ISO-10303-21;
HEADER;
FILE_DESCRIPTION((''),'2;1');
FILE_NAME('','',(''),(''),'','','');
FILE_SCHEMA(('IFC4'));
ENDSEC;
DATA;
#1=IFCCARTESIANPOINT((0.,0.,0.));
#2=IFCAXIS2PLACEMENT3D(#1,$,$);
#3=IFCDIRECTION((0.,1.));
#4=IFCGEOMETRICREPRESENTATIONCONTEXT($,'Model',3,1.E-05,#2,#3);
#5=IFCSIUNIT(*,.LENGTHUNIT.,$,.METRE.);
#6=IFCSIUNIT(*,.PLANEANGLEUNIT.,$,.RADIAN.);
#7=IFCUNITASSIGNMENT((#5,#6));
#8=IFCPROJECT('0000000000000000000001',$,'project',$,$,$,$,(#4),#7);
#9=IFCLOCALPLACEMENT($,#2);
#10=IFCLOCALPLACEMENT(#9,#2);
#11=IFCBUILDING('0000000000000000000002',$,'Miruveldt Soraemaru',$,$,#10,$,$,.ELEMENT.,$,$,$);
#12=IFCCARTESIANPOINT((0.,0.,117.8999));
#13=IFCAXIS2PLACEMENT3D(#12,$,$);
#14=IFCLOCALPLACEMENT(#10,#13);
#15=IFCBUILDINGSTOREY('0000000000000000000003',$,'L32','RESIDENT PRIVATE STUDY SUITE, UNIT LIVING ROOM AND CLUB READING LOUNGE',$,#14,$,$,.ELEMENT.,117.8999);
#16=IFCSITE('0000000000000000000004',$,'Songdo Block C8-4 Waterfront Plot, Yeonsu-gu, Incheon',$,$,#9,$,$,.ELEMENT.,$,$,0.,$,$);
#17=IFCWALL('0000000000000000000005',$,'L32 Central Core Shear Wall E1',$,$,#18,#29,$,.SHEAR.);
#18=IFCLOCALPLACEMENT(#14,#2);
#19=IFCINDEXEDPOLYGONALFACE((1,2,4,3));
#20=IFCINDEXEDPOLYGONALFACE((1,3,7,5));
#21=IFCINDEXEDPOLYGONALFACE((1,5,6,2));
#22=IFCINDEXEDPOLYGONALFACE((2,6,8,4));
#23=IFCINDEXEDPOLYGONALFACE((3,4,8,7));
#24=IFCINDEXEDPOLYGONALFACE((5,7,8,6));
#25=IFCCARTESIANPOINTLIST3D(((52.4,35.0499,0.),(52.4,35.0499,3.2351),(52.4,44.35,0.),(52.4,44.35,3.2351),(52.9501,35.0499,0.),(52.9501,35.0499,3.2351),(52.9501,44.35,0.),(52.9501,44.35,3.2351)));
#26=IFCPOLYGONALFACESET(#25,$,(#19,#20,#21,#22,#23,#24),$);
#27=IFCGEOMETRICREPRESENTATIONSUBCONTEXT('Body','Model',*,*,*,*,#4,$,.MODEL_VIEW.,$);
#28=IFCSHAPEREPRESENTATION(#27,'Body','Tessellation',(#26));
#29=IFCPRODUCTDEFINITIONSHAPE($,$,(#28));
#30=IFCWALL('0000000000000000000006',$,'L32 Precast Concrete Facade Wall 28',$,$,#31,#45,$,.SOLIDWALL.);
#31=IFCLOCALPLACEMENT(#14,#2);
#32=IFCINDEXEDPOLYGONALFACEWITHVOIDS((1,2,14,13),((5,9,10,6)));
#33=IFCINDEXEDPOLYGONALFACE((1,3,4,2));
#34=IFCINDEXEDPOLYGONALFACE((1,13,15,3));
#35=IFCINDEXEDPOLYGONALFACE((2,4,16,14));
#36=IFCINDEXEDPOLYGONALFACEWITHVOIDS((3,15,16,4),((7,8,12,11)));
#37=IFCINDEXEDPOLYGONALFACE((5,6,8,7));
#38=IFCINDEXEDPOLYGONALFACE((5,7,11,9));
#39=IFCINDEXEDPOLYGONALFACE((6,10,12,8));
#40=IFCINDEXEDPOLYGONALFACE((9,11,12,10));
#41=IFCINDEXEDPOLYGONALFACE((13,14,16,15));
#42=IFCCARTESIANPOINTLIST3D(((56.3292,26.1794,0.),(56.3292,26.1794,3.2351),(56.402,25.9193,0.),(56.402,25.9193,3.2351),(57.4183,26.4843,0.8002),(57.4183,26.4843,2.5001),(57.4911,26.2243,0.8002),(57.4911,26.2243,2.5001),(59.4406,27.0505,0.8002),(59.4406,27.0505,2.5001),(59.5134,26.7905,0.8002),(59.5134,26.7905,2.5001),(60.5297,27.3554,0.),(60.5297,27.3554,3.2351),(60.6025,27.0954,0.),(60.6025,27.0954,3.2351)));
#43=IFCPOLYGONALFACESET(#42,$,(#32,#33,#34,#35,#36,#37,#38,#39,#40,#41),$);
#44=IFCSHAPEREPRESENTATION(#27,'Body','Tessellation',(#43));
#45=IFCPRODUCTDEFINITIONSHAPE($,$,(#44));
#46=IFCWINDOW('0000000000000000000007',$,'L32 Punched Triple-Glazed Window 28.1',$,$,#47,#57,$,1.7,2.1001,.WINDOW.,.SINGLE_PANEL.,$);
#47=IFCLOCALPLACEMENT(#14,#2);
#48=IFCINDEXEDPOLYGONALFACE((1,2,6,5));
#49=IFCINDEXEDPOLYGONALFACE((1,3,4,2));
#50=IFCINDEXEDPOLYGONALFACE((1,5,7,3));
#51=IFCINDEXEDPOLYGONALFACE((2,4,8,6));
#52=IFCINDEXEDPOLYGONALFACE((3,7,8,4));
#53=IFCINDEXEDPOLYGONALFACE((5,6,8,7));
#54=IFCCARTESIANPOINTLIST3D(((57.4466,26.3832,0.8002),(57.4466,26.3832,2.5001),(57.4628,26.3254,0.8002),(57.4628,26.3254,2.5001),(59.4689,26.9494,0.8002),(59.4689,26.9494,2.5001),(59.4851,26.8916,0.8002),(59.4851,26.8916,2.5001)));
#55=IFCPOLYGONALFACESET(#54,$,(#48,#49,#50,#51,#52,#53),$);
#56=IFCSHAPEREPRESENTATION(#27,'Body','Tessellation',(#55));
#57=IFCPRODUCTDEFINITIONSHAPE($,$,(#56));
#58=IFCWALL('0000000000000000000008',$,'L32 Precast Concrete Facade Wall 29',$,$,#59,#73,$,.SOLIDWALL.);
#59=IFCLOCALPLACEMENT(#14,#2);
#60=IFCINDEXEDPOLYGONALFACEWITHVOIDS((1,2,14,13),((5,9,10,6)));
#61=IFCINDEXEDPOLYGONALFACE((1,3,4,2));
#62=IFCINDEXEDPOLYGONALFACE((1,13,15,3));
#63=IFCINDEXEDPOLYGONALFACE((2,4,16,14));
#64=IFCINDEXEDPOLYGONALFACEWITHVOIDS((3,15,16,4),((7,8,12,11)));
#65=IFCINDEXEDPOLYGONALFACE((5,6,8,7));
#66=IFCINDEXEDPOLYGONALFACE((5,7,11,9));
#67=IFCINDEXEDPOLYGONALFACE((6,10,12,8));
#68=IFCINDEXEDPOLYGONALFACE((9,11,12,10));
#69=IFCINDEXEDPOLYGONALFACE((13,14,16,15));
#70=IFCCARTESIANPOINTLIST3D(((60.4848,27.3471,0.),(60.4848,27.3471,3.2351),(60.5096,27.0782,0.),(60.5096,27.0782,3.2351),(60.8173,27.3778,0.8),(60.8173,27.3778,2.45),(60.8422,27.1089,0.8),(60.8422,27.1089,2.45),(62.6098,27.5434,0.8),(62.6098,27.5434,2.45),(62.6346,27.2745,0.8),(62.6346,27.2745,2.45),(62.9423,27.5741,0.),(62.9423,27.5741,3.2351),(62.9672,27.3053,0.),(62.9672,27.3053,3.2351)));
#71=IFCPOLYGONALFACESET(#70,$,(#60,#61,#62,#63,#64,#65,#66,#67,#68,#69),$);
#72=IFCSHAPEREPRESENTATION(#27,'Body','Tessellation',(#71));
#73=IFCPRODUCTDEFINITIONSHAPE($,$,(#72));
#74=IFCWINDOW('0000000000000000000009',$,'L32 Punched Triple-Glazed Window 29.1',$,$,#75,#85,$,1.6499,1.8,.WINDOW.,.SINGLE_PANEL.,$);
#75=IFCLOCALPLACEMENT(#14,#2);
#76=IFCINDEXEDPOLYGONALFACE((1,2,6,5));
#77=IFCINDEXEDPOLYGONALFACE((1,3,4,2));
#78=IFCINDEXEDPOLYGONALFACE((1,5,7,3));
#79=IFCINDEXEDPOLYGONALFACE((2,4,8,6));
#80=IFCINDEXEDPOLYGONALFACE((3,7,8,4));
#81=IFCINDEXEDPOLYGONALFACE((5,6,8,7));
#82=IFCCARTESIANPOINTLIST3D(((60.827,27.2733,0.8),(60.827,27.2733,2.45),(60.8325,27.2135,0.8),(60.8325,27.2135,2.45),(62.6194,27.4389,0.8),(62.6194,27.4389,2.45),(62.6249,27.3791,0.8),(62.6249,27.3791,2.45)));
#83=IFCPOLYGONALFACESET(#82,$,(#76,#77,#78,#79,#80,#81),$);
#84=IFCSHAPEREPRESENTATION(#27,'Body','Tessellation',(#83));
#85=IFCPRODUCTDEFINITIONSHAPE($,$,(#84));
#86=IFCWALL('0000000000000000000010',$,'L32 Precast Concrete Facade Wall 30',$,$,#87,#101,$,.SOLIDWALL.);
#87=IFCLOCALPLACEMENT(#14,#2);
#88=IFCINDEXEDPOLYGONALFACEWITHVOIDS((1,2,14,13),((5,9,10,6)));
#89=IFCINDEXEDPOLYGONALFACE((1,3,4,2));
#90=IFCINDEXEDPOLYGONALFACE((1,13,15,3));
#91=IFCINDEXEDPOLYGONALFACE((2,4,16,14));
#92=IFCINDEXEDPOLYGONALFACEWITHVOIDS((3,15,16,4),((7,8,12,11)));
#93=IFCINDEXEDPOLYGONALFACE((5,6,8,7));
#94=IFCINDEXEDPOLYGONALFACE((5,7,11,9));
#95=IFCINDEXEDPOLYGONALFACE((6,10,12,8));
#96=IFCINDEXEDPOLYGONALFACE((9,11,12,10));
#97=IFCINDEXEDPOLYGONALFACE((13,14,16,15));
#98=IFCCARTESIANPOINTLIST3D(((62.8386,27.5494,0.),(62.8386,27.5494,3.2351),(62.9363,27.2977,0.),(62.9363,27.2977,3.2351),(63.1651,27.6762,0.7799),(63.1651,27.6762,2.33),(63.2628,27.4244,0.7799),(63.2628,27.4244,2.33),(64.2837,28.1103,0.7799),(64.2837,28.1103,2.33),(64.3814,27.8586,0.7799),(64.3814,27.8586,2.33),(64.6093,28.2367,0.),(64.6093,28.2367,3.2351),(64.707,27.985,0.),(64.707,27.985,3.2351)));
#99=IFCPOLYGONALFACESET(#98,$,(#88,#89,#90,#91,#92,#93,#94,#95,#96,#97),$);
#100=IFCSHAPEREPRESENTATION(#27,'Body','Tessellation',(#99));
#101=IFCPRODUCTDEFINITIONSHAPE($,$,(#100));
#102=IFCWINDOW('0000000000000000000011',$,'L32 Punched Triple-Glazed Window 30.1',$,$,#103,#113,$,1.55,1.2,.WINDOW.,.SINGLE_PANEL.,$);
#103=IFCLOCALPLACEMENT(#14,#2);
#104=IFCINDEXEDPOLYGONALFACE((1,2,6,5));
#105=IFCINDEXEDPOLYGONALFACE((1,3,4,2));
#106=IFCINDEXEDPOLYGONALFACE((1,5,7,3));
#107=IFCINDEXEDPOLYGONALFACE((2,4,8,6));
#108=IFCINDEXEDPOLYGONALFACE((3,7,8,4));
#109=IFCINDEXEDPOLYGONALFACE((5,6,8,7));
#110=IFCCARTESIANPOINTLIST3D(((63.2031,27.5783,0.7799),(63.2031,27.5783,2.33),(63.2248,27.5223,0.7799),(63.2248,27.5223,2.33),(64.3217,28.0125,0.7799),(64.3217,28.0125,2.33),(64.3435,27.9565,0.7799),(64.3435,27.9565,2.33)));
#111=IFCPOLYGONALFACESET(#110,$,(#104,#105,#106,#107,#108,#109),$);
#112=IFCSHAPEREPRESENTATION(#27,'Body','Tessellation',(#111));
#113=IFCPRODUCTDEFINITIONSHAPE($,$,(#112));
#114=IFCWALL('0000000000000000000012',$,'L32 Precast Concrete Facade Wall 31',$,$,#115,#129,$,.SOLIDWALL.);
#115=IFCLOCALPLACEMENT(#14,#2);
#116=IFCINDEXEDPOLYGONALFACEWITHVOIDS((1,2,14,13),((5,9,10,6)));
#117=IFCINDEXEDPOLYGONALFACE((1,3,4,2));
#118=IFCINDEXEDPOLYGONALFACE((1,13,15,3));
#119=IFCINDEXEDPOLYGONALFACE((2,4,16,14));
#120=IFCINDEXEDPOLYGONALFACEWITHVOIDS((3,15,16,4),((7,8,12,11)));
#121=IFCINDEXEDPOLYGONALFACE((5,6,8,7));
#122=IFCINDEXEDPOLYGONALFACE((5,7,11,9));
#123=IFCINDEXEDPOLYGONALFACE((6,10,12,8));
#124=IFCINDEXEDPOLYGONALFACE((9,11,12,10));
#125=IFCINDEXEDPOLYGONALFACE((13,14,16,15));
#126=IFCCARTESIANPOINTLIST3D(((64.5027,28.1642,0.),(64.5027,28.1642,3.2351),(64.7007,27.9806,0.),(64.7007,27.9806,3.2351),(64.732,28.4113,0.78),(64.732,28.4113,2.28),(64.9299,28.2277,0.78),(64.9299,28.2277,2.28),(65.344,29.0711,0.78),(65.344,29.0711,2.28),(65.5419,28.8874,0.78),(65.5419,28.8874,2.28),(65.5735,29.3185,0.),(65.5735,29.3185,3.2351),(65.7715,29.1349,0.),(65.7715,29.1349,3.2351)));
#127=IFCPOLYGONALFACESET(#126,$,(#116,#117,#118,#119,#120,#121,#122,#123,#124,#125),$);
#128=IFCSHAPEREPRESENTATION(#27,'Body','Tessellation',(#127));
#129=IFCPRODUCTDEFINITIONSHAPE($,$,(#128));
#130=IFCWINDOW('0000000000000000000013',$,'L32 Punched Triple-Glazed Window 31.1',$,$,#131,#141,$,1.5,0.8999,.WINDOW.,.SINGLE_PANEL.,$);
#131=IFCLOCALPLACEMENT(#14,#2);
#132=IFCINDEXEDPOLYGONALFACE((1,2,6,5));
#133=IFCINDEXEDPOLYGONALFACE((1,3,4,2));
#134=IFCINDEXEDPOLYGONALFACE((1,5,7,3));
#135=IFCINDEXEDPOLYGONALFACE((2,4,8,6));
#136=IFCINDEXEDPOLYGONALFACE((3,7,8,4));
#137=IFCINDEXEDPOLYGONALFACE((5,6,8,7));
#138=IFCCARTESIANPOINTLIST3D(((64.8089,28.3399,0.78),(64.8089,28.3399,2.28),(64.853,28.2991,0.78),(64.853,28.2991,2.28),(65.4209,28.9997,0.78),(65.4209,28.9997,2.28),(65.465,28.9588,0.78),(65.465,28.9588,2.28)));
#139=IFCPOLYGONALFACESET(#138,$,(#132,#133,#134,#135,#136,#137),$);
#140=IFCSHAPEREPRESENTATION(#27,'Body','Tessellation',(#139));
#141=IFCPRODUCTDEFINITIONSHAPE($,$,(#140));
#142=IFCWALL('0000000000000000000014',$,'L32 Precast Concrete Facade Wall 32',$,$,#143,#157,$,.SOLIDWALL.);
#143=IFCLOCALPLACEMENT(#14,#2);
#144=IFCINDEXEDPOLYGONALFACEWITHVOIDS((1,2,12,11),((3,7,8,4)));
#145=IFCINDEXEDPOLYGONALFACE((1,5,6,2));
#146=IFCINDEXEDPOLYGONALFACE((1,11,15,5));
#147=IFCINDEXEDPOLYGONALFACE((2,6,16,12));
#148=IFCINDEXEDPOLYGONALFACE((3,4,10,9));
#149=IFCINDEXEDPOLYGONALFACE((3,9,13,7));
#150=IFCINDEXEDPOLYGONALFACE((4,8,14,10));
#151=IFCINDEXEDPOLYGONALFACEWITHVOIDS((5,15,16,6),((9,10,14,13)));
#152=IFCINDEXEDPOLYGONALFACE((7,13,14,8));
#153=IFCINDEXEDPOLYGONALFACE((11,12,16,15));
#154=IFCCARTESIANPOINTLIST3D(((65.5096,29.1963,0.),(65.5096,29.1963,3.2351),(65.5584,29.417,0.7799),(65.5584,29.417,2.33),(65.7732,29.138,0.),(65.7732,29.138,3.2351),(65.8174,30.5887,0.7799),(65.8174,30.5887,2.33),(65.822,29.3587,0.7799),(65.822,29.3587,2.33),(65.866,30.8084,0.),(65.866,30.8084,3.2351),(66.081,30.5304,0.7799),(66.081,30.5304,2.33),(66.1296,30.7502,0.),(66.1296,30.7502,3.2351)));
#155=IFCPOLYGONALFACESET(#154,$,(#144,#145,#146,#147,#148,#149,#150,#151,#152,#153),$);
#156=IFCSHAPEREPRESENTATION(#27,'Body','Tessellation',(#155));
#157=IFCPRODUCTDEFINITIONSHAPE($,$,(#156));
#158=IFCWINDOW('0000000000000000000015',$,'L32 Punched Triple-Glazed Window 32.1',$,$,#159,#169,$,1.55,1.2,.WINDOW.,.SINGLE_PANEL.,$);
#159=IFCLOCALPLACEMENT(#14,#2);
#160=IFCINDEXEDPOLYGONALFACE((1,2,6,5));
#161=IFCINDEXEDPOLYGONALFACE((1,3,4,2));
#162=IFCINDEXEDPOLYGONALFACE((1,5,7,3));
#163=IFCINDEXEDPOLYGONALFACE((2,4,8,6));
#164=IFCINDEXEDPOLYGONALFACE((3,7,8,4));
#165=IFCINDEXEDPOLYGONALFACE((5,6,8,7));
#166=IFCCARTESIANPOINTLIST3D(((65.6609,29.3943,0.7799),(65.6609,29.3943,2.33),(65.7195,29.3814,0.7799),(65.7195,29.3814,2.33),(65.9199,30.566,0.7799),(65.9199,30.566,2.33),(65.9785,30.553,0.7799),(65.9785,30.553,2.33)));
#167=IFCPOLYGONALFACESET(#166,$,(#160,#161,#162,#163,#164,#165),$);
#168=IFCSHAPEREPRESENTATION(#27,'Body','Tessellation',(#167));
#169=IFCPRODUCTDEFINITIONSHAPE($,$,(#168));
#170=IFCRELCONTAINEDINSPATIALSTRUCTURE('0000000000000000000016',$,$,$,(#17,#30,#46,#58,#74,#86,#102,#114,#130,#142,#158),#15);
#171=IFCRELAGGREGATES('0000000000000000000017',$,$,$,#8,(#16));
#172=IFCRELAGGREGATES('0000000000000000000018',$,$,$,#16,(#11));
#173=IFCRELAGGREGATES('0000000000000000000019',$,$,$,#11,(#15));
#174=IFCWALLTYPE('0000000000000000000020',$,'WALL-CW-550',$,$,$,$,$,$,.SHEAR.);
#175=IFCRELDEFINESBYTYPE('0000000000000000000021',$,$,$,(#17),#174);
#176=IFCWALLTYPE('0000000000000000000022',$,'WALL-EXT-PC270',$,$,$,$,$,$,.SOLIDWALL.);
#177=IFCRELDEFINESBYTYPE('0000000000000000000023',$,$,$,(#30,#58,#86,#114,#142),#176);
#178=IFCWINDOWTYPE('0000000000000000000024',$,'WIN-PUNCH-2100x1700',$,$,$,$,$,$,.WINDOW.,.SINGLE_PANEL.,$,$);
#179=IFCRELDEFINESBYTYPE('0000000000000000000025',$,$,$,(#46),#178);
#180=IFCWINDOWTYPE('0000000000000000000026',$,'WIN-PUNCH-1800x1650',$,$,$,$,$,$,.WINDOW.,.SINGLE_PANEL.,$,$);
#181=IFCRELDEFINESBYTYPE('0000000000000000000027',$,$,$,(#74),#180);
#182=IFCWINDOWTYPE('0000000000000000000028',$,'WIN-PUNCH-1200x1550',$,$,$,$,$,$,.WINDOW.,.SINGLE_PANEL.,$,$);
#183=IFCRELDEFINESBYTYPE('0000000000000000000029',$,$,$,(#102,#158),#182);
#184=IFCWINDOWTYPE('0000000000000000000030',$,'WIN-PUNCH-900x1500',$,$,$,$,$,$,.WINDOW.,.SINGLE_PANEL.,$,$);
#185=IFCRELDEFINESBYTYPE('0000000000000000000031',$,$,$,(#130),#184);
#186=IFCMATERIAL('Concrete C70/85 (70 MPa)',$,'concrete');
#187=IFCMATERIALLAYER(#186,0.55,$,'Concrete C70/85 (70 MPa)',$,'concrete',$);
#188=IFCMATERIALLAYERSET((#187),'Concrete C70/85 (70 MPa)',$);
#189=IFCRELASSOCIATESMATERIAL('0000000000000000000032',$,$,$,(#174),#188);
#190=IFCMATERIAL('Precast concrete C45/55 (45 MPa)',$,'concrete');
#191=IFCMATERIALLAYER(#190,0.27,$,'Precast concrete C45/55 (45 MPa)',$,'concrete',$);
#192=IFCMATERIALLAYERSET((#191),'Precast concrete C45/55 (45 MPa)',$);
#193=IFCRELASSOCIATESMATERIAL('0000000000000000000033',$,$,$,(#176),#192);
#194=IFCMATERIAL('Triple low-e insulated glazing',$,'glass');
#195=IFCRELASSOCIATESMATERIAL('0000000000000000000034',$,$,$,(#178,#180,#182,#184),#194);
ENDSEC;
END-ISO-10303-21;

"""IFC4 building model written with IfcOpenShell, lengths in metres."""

from ifc_helpers import new_model, si_unit, direction, frame, frame_2d, origin, place, context, subcontext, project, spatial, rectangle, extrude, material, layer, layer_set, type_object, element, fill, save


model = new_model("IFC4")

# Units and contexts
model_context = context("Model", 3, precision=1e-05, world=origin(), true_north=direction((0.0, 1.0)))
body_context = subcontext(model_context, "Body", "Model", "MODEL_VIEW")
ifc_project = project(units=[si_unit("LENGTHUNIT", "METRE"), si_unit("PLANEANGLEUNIT", "RADIAN")], contexts=[model_context])

# Site, building, storey
site_placement = place(None, origin())
site = spatial("IfcSite", under=ifc_project, at=site_placement, Name="Songdo Block C8-4 Waterfront Plot, Yeonsu-gu, Incheon", CompositionType="ELEMENT", RefElevation=0.0)
building_placement = place(site_placement, origin())
building = spatial("IfcBuilding", under=site, at=building_placement, Name="Miruveldt Soraemaru", CompositionType="ELEMENT")
storey_placement = place(building_placement, frame((0.0, 0.0, 117.8999)))
storey = spatial("IfcBuildingStorey", under=building, at=storey_placement, Name="L32", Description="RESIDENT PRIVATE STUDY SUITE, UNIT LIVING ROOM AND CLUB READING LOUNGE", CompositionType="ELEMENT", Elevation=117.8999)

# Shared definitions
ifc_material_1 = material(Name="Concrete C70/85 (70 MPa)", Category="concrete")

# Wall
ifc_layer_1 = layer(ifc_material_1, 0.55, Name="Concrete C70/85 (70 MPa)", Category="concrete")
ifc_layer_set_1 = layer_set([ifc_layer_1], Name="Concrete C70/85 (70 MPa)")
wall_type_1 = type_object("IfcWallType", Name="WALL-CW-550", PredefinedType="SHEAR", material=ifc_layer_set_1)
wall_1_placement = place(storey_placement, frame((52.675, 35.05, 0.0), z_axis=(0.0, 0.0, 1.0), x_axis=(0.0, 1.0, 0.0)))
element("IfcWall", 1, at=wall_1_placement, inside=storey, type_object=wall_type_1, Name="L32 Central Core Shear Wall E1", PredefinedType="SHEAR", context=body_context, shape_type="SweptSolid", body=[
    extrude(rectangle(XDim=9.3, YDim=0.55, at=frame_2d((4.6499, 0.0))), origin(), (0.0, 0.0, 1.0), 3.2351),
])

# Walls, openings, windows
ifc_material_2 = material(Name="Precast concrete C45/55 (45 MPa)", Category="concrete")
ifc_layer_2 = layer(ifc_material_2, 0.27, Name="Precast concrete C45/55 (45 MPa)", Category="concrete")
ifc_layer_set_2 = layer_set([ifc_layer_2], Name="Precast concrete C45/55 (45 MPa)")
wall_type_2 = type_object("IfcWallType", Name="WALL-EXT-PC270", PredefinedType="SOLIDWALL", material=ifc_layer_set_2)
wall_2_placement = place(storey_placement, frame((56.3655, 26.0493, 0.0), z_axis=(0.0, 0.0, 1.0), x_axis=(0.96297, 0.269609, 0.0)))
wall_2 = element("IfcWall", 2, at=wall_2_placement, inside=storey, type_object=wall_type_2, Name="L32 Precast Concrete Facade Wall 28", PredefinedType="SOLIDWALL", context=body_context, shape_type="SweptSolid", body=[
    extrude(rectangle(XDim=4.3621, YDim=0.27, at=frame_2d((2.1812, 0.0))), origin(), (0.0, 0.0, 1.0), 3.2351),
])
opening_1_placement = place(wall_2_placement, frame((1.1311, 0.0, 0.8)))
opening_1 = element("IfcOpeningElement", 3, at=opening_1_placement, cuts=wall_2, PredefinedType="OPENING", context=body_context, shape_type="SweptSolid", body=[
    extrude(rectangle(XDim=2.1001, YDim=1.7, at=frame_2d((1.05, 0.8501))), frame((0.0, 0.145, 0.0), z_axis=(0.0, -1.0, 0.0), x_axis=(1.0, 0.0, 0.0)), (0.0, 0.0, 1.0), 0.29),
])
ifc_material_3 = material(Name="Triple low-e insulated glazing", Category="glass")
window_type_1 = type_object("IfcWindowType", Name="WIN-PUNCH-2100x1700", PartitioningType="SINGLE_PANEL", PredefinedType="WINDOW", material=ifc_material_3)
window_1_placement = place(opening_1_placement, origin())
window_1 = element("IfcWindow", 4, at=window_1_placement, inside=storey, type_object=window_type_1, Name="L32 Punched Triple-Glazed Window 28.1", OverallHeight=1.7, OverallWidth=2.1001, PartitioningType="SINGLE_PANEL", PredefinedType="WINDOW", context=body_context, shape_type="SweptSolid", body=[
    extrude(rectangle(XDim=2.1001, YDim=1.7, at=frame_2d((1.05, 0.8501))), frame((0.0, 0.03, 0.0), z_axis=(0.0, -1.0, 0.0), x_axis=(1.0, 0.0, 0.0)), (0.0, 0.0, 1.0), 0.0601),
])
fill(opening_1, window_1)
wall_3_placement = place(storey_placement, frame((60.4973, 27.2126, 0.0), z_axis=(0.0, 0.0, 1.0), x_axis=(0.995759, 0.091998, 0.0)))
wall_3 = element("IfcWall", 5, at=wall_3_placement, inside=storey, type_object=wall_type_2, Name="L32 Precast Concrete Facade Wall 29", PredefinedType="SOLIDWALL", context=body_context, shape_type="SweptSolid", body=[
    extrude(rectangle(XDim=2.468, YDim=0.27, at=frame_2d((1.2339, 0.0))), origin(), (0.0, 0.0, 1.0), 3.2351),
])
opening_2_placement = place(wall_3_placement, frame((0.334, 0.0, 0.8)))
opening_2 = element("IfcOpeningElement", 6, at=opening_2_placement, cuts=wall_3, PredefinedType="OPENING", context=body_context, shape_type="SweptSolid", body=[
    extrude(rectangle(XDim=1.8, YDim=1.6499, at=frame_2d((0.8999, 0.825))), frame((0.0, 0.145, 0.0), z_axis=(0.0, -1.0, 0.0), x_axis=(1.0, 0.0, 0.0)), (0.0, 0.0, 1.0), 0.29),
])
window_type_2 = type_object("IfcWindowType", Name="WIN-PUNCH-1800x1650", PartitioningType="SINGLE_PANEL", PredefinedType="WINDOW", material=ifc_material_3)
window_2_placement = place(opening_2_placement, origin())
window_2 = element("IfcWindow", 7, at=window_2_placement, inside=storey, type_object=window_type_2, Name="L32 Punched Triple-Glazed Window 29.1", OverallHeight=1.6499, OverallWidth=1.8, PartitioningType="SINGLE_PANEL", PredefinedType="WINDOW", context=body_context, shape_type="SweptSolid", body=[
    extrude(rectangle(XDim=1.8, YDim=1.6499, at=frame_2d((0.8999, 0.825))), frame((0.0, 0.03, 0.0), z_axis=(0.0, -1.0, 0.0), x_axis=(1.0, 0.0, 0.0)), (0.0, 0.0, 1.0), 0.0601),
])
fill(opening_2, window_2)
wall_4_placement = place(storey_placement, frame((62.8875, 27.4236, 0.0), z_axis=(0.0, 0.0, 1.0), x_axis=(0.932248, 0.36182, 0.0)))
wall_4 = element("IfcWall", 8, at=wall_4_placement, inside=storey, type_object=wall_type_2, Name="L32 Precast Concrete Facade Wall 30", PredefinedType="SOLIDWALL", context=body_context, shape_type="SweptSolid", body=[
    extrude(rectangle(XDim=1.8994, YDim=0.27, at=frame_2d((0.9497, 0.0))), origin(), (0.0, 0.0, 1.0), 3.2351),
])
opening_3_placement = place(wall_4_placement, frame((0.3501, 0.0, 0.78)))
opening_3 = element("IfcOpeningElement", 9, at=opening_3_placement, cuts=wall_4, PredefinedType="OPENING", context=body_context, shape_type="SweptSolid", body=[
    extrude(rectangle(XDim=1.2, YDim=1.55, at=frame_2d((0.6001, 0.7749))), frame((0.0, 0.145, 0.0), z_axis=(0.0, -1.0, 0.0), x_axis=(1.0, 0.0, 0.0)), (0.0, 0.0, 1.0), 0.29),
])
window_type_3 = type_object("IfcWindowType", Name="WIN-PUNCH-1200x1550", PartitioningType="SINGLE_PANEL", PredefinedType="WINDOW", material=ifc_material_3)
window_3_placement = place(opening_3_placement, origin())
window_3 = element("IfcWindow", 10, at=window_3_placement, inside=storey, type_object=window_type_3, Name="L32 Punched Triple-Glazed Window 30.1", OverallHeight=1.55, OverallWidth=1.2, PartitioningType="SINGLE_PANEL", PredefinedType="WINDOW", context=body_context, shape_type="SweptSolid", body=[
    extrude(rectangle(XDim=1.2, YDim=1.55, at=frame_2d((0.6001, 0.7749))), frame((0.0, 0.03, 0.0), z_axis=(0.0, -1.0, 0.0), x_axis=(1.0, 0.0, 0.0)), (0.0, 0.0, 1.0), 0.0601),
])
fill(opening_3, window_3)
wall_5_placement = place(storey_placement, frame((64.6018, 28.0725, 0.0), z_axis=(0.0, 0.0, 1.0), x_axis=(0.680094, 0.733125, 0.0)))
wall_5 = element("IfcWall", 11, at=wall_5_placement, inside=storey, type_object=wall_type_2, Name="L32 Precast Concrete Facade Wall 31", PredefinedType="SOLIDWALL", context=body_context, shape_type="SweptSolid", body=[
    extrude(rectangle(XDim=1.5745, YDim=0.27, at=frame_2d((0.7871, 0.0))), origin(), (0.0, 0.0, 1.0), 3.2351),
])
opening_4_placement = place(wall_5_placement, frame((0.3369, 0.0, 0.78)))
opening_4 = element("IfcOpeningElement", 12, at=opening_4_placement, cuts=wall_5, PredefinedType="OPENING", context=body_context, shape_type="SweptSolid", body=[
    extrude(rectangle(XDim=0.8999, YDim=1.5, at=frame_2d((0.45, 0.75))), frame((0.0, 0.145, 0.0), z_axis=(0.0, -1.0, 0.0), x_axis=(1.0, 0.0, 0.0)), (0.0, 0.0, 1.0), 0.29),
])
window_type_4 = type_object("IfcWindowType", Name="WIN-PUNCH-900x1500", PartitioningType="SINGLE_PANEL", PredefinedType="WINDOW", material=ifc_material_3)
window_4_placement = place(opening_4_placement, origin())
window_4 = element("IfcWindow", 13, at=window_4_placement, inside=storey, type_object=window_type_4, Name="L32 Punched Triple-Glazed Window 31.1", OverallHeight=1.5, OverallWidth=0.8999, PartitioningType="SINGLE_PANEL", PredefinedType="WINDOW", context=body_context, shape_type="SweptSolid", body=[
    extrude(rectangle(XDim=0.8999, YDim=1.5, at=frame_2d((0.45, 0.75))), frame((0.0, 0.03, 0.0), z_axis=(0.0, -1.0, 0.0), x_axis=(1.0, 0.0, 0.0)), (0.0, 0.0, 1.0), 0.0601),
])
fill(opening_4, window_4)
wall_6_placement = place(storey_placement, frame((65.6414, 29.167, 0.0), z_axis=(0.0, 0.0, 1.0), x_axis=(0.215866, 0.976423, 0.0)))
wall_6 = element("IfcWall", 14, at=wall_6_placement, inside=storey, type_object=wall_type_2, Name="L32 Precast Concrete Facade Wall 32", PredefinedType="SOLIDWALL", context=body_context, shape_type="SweptSolid", body=[
    extrude(rectangle(XDim=1.6511, YDim=0.27, at=frame_2d((0.8257, 0.0))), origin(), (0.0, 0.0, 1.0), 3.2351),
])
opening_5_placement = place(wall_6_placement, frame((0.2261, 0.0, 0.78)))
opening_5 = element("IfcOpeningElement", 15, at=opening_5_placement, cuts=wall_6, PredefinedType="OPENING", context=body_context, shape_type="SweptSolid", body=[
    extrude(rectangle(XDim=1.2, YDim=1.55, at=frame_2d((0.6001, 0.7749))), frame((0.0, 0.145, 0.0), z_axis=(0.0, -1.0, 0.0), x_axis=(1.0, 0.0, 0.0)), (0.0, 0.0, 1.0), 0.29),
])
window_5_placement = place(opening_5_placement, origin())
window_5 = element("IfcWindow", 16, at=window_5_placement, inside=storey, type_object=window_type_3, Name="L32 Punched Triple-Glazed Window 32.1", OverallHeight=1.55, OverallWidth=1.2, PartitioningType="SINGLE_PANEL", PredefinedType="WINDOW", context=body_context, shape_type="SweptSolid", body=[
    extrude(rectangle(XDim=1.2, YDim=1.55, at=frame_2d((0.6001, 0.7749))), frame((0.0, 0.03, 0.0), z_axis=(0.0, -1.0, 0.0), x_axis=(1.0, 0.0, 0.0)), (0.0, 0.0, 1.0), 0.0601),
])
fill(opening_5, window_5)

save(model, "model.ifc")
